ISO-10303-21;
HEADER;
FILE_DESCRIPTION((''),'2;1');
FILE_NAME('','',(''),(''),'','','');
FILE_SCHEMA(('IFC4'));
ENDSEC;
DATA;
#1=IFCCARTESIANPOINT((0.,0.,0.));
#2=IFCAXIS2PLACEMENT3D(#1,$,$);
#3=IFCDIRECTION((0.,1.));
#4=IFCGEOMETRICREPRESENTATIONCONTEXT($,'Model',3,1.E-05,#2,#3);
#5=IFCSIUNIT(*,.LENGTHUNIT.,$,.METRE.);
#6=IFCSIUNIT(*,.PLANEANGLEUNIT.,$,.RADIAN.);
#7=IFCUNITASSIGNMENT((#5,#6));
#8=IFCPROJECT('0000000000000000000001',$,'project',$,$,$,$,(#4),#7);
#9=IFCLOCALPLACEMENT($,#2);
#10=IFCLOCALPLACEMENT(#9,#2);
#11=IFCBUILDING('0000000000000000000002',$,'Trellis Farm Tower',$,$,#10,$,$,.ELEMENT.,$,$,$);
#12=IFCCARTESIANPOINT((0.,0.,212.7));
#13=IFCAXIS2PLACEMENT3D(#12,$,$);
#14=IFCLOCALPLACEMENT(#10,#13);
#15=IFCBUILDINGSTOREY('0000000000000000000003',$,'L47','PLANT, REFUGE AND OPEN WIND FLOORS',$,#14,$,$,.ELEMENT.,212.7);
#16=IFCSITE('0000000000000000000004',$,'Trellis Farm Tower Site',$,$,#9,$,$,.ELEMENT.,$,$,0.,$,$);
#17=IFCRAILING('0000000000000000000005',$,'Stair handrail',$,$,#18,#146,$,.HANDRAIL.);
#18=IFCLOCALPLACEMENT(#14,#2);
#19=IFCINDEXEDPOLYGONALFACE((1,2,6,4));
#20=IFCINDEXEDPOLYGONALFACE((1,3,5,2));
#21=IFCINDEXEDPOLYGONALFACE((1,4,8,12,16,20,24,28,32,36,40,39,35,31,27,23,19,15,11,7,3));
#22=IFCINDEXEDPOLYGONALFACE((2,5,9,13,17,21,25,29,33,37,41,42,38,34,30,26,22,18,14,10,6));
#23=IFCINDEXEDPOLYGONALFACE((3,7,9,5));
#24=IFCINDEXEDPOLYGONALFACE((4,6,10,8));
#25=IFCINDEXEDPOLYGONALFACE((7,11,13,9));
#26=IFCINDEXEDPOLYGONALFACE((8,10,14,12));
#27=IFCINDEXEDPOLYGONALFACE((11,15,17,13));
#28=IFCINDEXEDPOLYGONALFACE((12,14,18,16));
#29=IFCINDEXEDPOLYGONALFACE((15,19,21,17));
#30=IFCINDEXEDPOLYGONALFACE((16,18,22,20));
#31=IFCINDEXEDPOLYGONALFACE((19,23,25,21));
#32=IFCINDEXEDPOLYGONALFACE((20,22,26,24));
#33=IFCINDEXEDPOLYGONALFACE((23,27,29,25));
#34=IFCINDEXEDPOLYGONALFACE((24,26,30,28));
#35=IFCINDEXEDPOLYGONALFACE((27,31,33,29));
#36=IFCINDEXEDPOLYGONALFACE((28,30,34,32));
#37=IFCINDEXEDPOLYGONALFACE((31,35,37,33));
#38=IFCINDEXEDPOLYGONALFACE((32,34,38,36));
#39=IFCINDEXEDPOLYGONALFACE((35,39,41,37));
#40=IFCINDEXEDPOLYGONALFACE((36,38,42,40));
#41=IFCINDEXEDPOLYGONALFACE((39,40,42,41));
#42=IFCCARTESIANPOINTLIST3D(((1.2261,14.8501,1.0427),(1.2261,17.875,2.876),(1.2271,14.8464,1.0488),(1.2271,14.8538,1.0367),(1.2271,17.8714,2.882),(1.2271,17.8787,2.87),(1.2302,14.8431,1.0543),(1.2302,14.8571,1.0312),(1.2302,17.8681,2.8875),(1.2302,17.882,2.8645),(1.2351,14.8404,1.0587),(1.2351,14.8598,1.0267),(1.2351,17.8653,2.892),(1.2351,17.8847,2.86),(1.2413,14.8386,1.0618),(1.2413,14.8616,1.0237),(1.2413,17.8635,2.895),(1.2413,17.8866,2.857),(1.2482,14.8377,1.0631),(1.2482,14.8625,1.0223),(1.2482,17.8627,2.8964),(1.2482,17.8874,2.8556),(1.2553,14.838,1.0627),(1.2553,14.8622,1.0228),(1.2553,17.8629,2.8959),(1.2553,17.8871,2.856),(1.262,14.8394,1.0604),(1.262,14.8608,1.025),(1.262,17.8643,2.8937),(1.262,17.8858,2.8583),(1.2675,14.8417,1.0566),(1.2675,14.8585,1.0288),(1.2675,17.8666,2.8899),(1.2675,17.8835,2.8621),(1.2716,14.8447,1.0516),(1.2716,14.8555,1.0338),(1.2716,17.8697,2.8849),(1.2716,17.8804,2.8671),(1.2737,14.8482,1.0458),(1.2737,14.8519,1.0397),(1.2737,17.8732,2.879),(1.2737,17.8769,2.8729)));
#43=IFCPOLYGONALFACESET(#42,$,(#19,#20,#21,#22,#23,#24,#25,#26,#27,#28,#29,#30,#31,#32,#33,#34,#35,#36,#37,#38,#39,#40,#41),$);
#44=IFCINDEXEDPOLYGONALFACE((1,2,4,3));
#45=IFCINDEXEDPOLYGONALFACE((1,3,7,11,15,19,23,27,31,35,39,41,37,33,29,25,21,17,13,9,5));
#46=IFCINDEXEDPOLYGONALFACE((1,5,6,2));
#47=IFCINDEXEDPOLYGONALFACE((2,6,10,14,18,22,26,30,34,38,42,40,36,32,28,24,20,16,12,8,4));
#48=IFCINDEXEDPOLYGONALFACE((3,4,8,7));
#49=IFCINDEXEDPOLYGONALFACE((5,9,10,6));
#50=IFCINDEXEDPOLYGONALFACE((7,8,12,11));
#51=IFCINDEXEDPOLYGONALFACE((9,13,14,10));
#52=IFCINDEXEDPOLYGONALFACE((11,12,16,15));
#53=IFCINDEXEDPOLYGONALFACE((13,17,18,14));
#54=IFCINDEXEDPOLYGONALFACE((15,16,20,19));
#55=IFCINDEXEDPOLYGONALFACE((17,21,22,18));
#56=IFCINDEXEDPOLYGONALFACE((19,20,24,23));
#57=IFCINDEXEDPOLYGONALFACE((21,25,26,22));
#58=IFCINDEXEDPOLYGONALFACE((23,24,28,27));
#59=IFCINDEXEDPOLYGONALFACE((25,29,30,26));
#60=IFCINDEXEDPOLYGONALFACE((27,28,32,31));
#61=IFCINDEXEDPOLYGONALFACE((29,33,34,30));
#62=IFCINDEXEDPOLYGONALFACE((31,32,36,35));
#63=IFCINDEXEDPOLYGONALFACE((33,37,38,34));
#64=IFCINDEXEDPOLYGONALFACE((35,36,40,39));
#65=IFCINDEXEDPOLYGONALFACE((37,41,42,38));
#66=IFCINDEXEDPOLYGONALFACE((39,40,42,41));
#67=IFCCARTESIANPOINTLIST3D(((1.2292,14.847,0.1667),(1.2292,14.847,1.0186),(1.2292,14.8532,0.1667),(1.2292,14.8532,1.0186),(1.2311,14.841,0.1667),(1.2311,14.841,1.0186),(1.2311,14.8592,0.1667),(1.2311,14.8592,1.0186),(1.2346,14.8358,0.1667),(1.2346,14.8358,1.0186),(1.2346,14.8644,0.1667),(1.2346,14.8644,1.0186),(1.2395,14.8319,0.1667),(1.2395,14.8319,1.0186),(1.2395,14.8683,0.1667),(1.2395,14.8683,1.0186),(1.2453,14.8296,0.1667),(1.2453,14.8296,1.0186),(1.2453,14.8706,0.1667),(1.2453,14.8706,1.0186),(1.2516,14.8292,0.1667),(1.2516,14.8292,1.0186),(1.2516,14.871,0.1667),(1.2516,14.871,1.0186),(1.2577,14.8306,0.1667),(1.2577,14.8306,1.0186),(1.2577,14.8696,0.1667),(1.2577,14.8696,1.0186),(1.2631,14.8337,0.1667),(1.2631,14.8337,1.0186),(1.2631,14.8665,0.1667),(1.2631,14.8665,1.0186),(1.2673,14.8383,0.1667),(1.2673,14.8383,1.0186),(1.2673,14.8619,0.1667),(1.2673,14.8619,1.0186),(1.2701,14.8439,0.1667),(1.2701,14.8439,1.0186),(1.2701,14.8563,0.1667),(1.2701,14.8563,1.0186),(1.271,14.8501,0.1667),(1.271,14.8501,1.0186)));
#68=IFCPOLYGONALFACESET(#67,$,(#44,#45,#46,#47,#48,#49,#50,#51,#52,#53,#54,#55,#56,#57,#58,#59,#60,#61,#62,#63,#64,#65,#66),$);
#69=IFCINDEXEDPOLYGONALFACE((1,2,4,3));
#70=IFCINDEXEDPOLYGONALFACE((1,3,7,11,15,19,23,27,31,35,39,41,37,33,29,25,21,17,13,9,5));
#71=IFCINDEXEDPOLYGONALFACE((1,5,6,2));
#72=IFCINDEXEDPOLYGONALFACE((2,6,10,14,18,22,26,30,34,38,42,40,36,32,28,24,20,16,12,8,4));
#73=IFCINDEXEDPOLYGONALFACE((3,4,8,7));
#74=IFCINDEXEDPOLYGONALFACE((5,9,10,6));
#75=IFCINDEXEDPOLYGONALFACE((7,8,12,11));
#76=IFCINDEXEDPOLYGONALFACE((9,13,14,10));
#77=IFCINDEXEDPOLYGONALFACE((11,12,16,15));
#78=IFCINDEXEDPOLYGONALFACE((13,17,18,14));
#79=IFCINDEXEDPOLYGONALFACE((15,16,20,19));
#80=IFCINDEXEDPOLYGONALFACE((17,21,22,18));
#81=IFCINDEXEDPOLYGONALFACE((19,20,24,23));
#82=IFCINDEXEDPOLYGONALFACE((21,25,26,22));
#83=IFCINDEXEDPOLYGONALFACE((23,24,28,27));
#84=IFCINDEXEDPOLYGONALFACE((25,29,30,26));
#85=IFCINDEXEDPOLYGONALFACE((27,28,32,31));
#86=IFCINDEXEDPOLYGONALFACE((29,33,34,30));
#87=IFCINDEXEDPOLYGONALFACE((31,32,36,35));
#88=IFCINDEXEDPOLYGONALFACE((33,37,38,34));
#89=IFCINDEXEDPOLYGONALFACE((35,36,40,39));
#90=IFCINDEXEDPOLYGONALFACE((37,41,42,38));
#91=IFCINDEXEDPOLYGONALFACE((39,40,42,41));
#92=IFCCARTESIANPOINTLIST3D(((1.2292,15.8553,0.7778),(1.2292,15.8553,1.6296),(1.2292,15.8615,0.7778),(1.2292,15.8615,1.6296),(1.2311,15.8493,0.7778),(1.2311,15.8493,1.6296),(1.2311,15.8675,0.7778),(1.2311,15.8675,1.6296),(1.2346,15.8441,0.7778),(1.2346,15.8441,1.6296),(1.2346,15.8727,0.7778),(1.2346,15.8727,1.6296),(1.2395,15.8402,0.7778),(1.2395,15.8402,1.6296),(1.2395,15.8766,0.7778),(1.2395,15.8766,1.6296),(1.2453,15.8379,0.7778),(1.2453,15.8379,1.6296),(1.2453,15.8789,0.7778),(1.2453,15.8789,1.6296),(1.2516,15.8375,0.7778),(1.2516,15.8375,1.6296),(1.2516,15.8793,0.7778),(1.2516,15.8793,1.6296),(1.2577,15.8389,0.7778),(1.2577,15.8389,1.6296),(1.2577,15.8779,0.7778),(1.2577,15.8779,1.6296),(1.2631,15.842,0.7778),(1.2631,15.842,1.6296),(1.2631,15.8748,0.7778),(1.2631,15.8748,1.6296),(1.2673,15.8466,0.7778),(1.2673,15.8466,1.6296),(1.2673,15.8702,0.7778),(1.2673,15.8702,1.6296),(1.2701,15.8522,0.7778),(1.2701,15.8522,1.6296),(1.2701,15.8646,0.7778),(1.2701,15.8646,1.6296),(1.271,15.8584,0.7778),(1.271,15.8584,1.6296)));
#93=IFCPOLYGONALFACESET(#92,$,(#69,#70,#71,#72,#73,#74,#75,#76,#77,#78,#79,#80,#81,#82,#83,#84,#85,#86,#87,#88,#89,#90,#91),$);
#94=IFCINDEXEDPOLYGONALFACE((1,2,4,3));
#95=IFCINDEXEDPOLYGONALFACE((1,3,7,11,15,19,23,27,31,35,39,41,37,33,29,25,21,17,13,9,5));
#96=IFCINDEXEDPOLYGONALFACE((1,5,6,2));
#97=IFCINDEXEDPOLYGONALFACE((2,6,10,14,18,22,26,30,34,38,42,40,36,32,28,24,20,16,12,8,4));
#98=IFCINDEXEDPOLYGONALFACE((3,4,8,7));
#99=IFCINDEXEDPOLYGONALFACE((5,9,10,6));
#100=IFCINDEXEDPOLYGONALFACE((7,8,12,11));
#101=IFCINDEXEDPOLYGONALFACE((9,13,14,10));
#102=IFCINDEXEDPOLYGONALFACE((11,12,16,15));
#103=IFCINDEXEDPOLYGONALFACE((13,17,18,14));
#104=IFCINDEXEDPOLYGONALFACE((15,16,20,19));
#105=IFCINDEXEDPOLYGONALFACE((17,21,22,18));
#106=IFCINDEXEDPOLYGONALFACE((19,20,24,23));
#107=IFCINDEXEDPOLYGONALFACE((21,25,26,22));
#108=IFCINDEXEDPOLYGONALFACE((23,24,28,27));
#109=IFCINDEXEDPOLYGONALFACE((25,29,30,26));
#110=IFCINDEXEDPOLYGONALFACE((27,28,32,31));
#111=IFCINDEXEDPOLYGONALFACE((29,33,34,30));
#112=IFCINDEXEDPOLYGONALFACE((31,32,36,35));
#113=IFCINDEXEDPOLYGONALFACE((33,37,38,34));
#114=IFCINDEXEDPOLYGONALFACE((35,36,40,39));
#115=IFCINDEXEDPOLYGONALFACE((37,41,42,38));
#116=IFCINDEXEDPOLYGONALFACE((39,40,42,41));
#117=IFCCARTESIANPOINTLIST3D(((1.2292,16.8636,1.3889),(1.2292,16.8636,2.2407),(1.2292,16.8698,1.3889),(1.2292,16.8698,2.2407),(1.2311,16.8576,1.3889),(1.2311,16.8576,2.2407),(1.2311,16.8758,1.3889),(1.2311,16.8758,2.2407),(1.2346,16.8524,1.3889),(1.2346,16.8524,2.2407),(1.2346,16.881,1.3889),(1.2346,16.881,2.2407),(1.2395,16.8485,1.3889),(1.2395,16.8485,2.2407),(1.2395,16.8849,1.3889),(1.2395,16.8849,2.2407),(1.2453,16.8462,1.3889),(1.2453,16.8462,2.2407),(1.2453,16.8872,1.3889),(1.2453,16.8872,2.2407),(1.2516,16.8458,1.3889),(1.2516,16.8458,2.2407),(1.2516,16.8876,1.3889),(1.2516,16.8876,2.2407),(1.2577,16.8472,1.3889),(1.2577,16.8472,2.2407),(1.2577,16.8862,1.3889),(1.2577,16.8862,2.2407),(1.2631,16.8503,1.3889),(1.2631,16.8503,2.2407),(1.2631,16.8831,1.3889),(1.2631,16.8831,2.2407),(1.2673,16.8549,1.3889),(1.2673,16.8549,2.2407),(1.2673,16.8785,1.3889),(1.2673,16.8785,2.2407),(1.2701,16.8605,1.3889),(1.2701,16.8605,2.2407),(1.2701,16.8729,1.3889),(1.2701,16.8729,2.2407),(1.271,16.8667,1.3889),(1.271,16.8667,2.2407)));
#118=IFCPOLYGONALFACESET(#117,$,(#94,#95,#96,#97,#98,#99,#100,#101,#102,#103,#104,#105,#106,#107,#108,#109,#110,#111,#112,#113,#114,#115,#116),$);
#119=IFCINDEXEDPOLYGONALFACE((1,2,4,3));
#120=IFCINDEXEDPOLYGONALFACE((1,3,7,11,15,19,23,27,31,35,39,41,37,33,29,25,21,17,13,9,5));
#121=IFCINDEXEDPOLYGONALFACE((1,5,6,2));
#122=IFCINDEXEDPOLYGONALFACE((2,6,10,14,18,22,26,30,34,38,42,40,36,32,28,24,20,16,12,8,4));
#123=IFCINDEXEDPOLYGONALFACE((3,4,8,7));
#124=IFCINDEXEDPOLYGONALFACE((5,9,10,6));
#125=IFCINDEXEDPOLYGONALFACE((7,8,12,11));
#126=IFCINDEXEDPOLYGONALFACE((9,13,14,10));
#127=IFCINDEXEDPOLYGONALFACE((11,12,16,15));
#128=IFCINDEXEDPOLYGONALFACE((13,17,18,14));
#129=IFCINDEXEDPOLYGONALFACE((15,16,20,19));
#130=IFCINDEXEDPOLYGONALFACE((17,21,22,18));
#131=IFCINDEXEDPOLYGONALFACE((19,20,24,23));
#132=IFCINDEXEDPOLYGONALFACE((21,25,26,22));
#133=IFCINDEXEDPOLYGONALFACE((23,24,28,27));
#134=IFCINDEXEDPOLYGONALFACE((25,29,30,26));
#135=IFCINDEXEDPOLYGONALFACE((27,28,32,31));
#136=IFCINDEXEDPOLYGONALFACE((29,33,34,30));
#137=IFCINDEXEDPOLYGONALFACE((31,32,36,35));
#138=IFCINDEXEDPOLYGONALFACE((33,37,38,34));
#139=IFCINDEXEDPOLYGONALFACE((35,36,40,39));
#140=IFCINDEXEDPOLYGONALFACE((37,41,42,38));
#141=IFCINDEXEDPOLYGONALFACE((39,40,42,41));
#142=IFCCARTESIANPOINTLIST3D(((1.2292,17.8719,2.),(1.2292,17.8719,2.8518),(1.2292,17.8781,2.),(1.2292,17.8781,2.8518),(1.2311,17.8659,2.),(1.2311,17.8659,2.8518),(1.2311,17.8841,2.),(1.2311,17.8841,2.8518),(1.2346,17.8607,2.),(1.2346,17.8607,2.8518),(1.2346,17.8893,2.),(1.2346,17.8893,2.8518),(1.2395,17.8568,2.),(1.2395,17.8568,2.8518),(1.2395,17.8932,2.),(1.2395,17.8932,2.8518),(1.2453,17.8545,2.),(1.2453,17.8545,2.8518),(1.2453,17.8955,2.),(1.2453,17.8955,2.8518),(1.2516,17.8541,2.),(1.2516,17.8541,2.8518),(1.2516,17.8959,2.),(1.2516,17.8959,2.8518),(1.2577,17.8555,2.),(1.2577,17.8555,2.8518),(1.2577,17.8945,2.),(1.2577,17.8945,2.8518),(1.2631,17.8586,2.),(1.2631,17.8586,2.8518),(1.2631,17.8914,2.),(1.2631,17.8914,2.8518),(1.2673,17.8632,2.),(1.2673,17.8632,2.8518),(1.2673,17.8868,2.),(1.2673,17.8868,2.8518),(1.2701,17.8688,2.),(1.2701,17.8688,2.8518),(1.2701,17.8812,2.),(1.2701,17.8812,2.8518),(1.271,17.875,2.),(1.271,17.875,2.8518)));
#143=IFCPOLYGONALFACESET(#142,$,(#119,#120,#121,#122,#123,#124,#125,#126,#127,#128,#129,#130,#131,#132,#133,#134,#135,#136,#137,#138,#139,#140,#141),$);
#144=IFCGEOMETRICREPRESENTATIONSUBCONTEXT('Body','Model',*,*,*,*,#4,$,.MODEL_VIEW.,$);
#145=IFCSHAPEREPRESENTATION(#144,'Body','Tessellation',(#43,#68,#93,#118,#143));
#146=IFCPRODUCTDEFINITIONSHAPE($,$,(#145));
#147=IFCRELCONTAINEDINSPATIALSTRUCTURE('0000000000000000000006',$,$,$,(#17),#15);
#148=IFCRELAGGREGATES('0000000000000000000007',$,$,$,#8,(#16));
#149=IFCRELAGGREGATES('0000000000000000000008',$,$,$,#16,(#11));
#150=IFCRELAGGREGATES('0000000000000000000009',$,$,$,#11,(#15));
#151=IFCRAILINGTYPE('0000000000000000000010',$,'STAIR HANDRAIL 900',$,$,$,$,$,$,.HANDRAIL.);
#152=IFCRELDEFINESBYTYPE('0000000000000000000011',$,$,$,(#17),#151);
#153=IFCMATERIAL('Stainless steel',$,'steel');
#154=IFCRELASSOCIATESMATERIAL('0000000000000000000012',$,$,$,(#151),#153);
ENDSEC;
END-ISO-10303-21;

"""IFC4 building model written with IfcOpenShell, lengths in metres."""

from ifc_helpers import new_model, si_unit, direction, frame, origin, origin_2d, place, context, subcontext, project, spatial, circle, extrude, source, transform, mapped, material, type_object, element, save


model = new_model("IFC4")

# Units and contexts
model_context = context("Model", 3, precision=1e-05, world=origin(), true_north=direction((0.0, 1.0)))
body_context = subcontext(model_context, "Body", "Model", "MODEL_VIEW")
ifc_project = project(units=[si_unit("LENGTHUNIT", "METRE"), si_unit("PLANEANGLEUNIT", "RADIAN")], contexts=[model_context])

# Site, building, storey
site_placement = place(None, origin())
site = spatial("IfcSite", under=ifc_project, at=site_placement, Name="Trellis Farm Tower Site", CompositionType="ELEMENT", RefElevation=0.0)
building_placement = place(site_placement, origin())
building = spatial("IfcBuilding", under=site, at=building_placement, Name="Trellis Farm Tower", CompositionType="ELEMENT")
storey_placement = place(building_placement, frame((0.0, 0.0, 212.7)))
storey = spatial("IfcBuildingStorey", under=building, at=storey_placement, Name="L47", Description="PLANT, REFUGE AND OPEN WIND FLOORS", CompositionType="ELEMENT", Elevation=212.7)

# Railing
ifc_material_1 = material(Name="Stainless steel", Category="steel")
railing_type_1 = type_object("IfcRailingType", Name="STAIR HANDRAIL 900", PredefinedType="HANDRAIL", material=ifc_material_1)
shared_shape_1 = source(origin(), body_context, "Body", "SweptSolid", [
    extrude(circle(Radius=0.0239, at=origin_2d()), frame((0.0, 0.0, 0.876), z_axis=(0.0, 0.855201, 0.518297), x_axis=(-1.0, 0.0, 0.0)), (0.0, 0.0, 1.0), 3.5371),
    extrude(circle(Radius=0.021, at=origin_2d()), origin(), (0.0, 0.0, 1.0), 0.8518),
    extrude(circle(Radius=0.021, at=origin_2d()), frame((0.0, 1.0083, 0.6111)), (0.0, 0.0, 1.0), 0.8518),
    extrude(circle(Radius=0.021, at=origin_2d()), frame((0.0, 2.0166, 1.2222)), (0.0, 0.0, 1.0), 0.8518),
    extrude(circle(Radius=0.021, at=origin_2d()), frame((0.0, 3.0249, 1.8333)), (0.0, 0.0, 1.0), 0.8518),
])
for number, where, name in (
    (1, (1.25, 14.8501, 0.1667), "Stair handrail"),
):
    element("IfcRailing", number, at=place(storey_placement, frame(where)), inside=storey, type_object=railing_type_1, Name=name, PredefinedType="HANDRAIL", context=body_context, shape_type="MappedRepresentation", body=[
        mapped(shared_shape_1, transform((0.0, 0.0, 0.0))),
    ])

save(model, "model.ifc")
